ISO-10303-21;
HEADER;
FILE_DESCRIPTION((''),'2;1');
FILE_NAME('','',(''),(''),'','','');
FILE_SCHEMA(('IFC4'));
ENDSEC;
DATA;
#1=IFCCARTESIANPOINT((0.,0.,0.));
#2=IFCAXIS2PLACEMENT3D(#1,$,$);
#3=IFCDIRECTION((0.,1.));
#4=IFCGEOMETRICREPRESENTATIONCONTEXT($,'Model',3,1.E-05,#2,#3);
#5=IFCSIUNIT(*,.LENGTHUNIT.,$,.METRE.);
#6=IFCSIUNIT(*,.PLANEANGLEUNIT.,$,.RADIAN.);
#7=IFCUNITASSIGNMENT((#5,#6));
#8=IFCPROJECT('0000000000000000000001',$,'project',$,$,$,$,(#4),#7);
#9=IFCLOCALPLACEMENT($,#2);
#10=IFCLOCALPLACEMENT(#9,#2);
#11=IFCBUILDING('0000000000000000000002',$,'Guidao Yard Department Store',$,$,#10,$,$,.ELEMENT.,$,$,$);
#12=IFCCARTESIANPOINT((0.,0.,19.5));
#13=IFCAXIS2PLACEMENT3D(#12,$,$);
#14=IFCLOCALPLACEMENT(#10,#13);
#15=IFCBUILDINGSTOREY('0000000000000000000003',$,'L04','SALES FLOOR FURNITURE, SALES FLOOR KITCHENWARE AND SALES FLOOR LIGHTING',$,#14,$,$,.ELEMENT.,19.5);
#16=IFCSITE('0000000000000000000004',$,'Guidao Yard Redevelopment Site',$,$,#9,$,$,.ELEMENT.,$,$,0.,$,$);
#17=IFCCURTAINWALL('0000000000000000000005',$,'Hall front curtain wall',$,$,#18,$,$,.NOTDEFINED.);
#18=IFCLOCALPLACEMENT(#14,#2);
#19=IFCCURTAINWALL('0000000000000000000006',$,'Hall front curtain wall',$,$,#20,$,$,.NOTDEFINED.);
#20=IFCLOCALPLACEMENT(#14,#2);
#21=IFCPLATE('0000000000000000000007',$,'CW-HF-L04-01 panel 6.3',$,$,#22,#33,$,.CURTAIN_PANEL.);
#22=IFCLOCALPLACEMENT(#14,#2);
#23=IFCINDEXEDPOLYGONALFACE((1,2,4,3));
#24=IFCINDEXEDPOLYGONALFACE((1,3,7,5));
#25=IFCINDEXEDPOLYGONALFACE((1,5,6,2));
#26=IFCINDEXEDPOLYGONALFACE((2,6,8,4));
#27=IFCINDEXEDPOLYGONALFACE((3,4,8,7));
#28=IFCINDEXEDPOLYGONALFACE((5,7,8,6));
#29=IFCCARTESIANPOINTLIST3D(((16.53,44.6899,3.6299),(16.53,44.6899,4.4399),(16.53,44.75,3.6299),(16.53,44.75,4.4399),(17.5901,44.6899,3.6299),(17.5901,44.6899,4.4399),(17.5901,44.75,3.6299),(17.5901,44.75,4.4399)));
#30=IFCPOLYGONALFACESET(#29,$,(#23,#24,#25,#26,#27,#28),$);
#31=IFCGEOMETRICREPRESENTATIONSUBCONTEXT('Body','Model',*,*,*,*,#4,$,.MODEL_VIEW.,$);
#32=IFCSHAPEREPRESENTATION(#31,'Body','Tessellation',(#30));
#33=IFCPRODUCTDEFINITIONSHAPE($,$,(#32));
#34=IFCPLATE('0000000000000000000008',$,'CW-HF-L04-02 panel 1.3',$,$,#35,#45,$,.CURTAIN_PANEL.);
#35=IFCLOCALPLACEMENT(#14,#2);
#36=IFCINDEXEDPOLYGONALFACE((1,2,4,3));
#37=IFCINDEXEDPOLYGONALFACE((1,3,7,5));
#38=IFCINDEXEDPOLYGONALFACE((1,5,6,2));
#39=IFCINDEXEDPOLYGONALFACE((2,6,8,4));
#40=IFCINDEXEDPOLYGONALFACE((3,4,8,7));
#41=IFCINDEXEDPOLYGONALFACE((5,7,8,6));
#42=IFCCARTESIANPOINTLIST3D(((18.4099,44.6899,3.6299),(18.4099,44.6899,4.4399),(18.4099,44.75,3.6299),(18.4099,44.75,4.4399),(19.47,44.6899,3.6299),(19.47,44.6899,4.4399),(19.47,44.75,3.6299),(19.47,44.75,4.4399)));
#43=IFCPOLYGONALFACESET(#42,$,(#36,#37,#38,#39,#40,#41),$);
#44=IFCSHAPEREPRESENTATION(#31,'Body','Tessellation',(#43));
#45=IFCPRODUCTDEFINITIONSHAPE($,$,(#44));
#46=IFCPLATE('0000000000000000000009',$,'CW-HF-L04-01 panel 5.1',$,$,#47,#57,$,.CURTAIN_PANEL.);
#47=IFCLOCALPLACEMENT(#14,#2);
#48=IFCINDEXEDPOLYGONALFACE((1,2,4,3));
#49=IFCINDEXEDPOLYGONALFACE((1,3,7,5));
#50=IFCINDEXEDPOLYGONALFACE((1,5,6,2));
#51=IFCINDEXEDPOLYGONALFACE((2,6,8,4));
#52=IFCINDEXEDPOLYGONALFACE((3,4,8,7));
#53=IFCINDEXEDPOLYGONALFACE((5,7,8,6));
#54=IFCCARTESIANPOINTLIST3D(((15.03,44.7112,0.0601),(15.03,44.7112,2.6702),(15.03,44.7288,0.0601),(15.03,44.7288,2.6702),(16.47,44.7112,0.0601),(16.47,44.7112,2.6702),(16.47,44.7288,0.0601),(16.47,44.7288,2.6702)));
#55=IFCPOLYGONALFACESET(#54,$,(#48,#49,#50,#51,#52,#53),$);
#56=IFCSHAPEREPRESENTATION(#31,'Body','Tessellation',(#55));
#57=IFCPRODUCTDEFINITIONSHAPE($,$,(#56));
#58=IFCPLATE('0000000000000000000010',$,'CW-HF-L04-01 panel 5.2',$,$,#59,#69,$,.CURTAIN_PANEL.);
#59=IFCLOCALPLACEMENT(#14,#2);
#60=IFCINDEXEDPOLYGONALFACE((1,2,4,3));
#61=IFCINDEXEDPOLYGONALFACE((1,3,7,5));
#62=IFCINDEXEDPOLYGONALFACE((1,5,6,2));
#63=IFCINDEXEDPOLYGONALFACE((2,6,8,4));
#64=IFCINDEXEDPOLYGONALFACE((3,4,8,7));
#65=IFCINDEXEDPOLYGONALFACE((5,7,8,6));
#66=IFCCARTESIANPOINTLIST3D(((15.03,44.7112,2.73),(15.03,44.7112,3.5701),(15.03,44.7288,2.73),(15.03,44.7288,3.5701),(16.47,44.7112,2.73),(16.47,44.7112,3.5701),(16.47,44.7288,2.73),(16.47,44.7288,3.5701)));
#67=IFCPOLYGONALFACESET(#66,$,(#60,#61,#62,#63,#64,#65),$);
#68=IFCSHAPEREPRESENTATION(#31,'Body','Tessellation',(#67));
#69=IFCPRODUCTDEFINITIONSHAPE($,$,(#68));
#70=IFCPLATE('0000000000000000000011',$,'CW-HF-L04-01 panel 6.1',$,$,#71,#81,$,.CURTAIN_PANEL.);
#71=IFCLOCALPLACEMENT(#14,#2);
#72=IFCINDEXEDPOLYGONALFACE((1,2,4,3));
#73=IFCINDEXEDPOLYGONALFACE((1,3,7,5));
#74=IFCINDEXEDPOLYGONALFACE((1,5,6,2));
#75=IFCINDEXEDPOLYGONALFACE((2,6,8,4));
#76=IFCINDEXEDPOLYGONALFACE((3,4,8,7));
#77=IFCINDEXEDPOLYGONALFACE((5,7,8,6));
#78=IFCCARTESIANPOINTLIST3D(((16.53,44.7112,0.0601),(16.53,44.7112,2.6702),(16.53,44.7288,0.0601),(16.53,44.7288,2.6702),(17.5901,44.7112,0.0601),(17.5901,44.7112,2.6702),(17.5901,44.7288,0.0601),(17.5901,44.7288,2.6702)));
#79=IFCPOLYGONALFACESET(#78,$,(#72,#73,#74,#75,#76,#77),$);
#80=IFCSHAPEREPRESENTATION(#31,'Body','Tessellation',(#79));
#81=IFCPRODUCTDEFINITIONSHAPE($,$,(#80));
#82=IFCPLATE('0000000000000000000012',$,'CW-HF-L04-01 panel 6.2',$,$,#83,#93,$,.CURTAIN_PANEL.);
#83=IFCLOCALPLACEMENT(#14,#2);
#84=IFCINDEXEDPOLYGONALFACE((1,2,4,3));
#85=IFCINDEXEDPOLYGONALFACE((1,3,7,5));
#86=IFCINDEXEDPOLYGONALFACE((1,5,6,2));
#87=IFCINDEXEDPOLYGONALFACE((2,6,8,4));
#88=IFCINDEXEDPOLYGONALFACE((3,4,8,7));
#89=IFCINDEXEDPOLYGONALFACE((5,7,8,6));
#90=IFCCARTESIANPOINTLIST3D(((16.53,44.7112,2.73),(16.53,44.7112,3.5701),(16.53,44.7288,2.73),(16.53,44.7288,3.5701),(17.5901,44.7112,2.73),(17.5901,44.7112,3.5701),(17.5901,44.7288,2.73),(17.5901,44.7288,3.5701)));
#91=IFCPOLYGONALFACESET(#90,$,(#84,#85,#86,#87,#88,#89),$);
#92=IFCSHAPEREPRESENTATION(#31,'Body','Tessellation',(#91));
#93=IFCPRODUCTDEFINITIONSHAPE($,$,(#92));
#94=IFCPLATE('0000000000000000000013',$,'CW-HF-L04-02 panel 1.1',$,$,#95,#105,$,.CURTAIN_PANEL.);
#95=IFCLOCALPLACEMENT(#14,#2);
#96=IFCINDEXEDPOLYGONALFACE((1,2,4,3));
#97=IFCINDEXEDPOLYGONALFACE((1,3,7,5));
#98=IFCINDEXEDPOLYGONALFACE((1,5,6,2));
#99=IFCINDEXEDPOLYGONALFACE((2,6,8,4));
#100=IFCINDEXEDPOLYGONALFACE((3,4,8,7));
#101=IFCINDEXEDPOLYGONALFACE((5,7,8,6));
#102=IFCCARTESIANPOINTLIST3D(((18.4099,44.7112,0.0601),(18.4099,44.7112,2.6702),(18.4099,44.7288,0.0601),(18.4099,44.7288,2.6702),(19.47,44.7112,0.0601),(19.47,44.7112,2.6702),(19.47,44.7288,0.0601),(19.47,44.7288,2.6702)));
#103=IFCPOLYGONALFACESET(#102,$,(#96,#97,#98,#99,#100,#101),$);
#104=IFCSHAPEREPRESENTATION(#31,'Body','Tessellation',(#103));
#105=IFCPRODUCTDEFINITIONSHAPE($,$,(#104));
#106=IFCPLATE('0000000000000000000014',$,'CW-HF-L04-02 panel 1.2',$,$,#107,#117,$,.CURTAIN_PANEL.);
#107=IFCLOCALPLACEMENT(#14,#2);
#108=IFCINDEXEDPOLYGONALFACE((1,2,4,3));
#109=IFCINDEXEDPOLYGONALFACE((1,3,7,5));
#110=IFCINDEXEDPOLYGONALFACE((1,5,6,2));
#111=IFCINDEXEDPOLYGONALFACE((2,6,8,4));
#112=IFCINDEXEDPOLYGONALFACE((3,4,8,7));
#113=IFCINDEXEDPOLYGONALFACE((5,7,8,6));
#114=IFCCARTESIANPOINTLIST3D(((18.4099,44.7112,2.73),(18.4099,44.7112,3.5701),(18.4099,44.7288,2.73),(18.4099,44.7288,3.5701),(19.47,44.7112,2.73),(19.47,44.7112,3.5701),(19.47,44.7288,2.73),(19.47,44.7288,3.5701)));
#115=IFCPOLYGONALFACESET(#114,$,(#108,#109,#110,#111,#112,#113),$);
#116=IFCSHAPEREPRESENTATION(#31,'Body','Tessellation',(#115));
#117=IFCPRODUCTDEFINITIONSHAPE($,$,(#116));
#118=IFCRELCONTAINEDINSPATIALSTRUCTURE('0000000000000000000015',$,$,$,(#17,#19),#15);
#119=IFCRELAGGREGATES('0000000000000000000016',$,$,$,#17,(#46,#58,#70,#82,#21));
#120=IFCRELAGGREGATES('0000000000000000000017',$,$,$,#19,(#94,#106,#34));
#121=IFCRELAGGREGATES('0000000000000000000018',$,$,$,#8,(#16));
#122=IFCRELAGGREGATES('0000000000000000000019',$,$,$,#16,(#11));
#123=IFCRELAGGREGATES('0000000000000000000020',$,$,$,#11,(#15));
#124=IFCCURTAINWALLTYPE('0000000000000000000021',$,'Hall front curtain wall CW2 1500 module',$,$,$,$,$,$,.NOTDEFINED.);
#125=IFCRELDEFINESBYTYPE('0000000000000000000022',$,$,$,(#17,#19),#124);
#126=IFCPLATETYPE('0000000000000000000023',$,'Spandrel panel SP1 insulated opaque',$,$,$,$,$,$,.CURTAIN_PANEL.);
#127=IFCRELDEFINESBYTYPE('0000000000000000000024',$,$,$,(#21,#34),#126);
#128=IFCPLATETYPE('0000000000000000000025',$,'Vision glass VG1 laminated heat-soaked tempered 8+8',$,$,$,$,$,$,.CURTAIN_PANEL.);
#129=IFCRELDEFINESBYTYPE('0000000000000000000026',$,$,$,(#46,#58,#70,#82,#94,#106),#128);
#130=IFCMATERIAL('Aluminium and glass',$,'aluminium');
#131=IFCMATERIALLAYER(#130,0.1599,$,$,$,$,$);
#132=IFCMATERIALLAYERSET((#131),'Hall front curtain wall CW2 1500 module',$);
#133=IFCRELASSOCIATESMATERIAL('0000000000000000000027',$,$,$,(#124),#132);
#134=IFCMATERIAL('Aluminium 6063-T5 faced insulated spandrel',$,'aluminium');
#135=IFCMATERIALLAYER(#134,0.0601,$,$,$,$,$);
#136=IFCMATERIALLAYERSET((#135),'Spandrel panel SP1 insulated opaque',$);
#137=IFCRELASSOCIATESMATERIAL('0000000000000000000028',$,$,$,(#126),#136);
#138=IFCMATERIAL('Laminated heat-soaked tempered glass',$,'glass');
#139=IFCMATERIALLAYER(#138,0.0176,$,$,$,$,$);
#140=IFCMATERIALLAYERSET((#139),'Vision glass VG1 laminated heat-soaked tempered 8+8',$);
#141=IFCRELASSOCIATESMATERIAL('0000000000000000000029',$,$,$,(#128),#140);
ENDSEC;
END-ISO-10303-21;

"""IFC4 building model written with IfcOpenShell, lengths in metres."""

from ifc_helpers import new_model, si_unit, direction, frame, origin, origin_2d, place, context, subcontext, project, spatial, rectangle, extrude, material, layer, layer_set, type_object, element, aggregate, save


model = new_model("IFC4")

# Units and contexts
model_context = context("Model", 3, precision=1e-05, world=origin(), true_north=direction((0.0, 1.0)))
body_context = subcontext(model_context, "Body", "Model", "MODEL_VIEW")
ifc_project = project(units=[si_unit("LENGTHUNIT", "METRE"), si_unit("PLANEANGLEUNIT", "RADIAN")], contexts=[model_context])

# Site, building, storey
site_placement = place(None, origin())
site = spatial("IfcSite", under=ifc_project, at=site_placement, Name="Guidao Yard Redevelopment Site", CompositionType="ELEMENT", RefElevation=0.0)
building_placement = place(site_placement, origin())
building = spatial("IfcBuilding", under=site, at=building_placement, Name="Guidao Yard Department Store", CompositionType="ELEMENT")
storey_placement = place(building_placement, frame((0.0, 0.0, 19.5)))
storey = spatial("IfcBuildingStorey", under=building, at=storey_placement, Name="L04", Description="SALES FLOOR FURNITURE, SALES FLOOR KITCHENWARE AND SALES FLOOR LIGHTING", CompositionType="ELEMENT", Elevation=19.5)

# Curtain wall
ifc_material_1 = material(Name="Aluminium and glass", Category="aluminium")
ifc_layer_1 = layer(ifc_material_1, 0.1599)
ifc_layer_set_1 = layer_set([ifc_layer_1], Name="Hall front curtain wall CW2 1500 module")
curtain_wall_type = type_object("IfcCurtainWallType", Name="Hall front curtain wall CW2 1500 module", PredefinedType="NOTDEFINED", material=ifc_layer_set_1)
curtain_wall_1_placement = place(storey_placement, origin())
curtain_wall_1 = element("IfcCurtainWall", 1, at=curtain_wall_1_placement, inside=storey, type_object=curtain_wall_type, Name="Hall front curtain wall", PredefinedType="NOTDEFINED")

# Curtain wall
curtain_wall_2_placement = place(storey_placement, origin())
curtain_wall_2 = element("IfcCurtainWall", 2, at=curtain_wall_2_placement, inside=storey, type_object=curtain_wall_type, Name="Hall front curtain wall", PredefinedType="NOTDEFINED")

# Plates
ifc_material_2 = material(Name="Aluminium 6063-T5 faced insulated spandrel", Category="aluminium")
ifc_layer_2 = layer(ifc_material_2, 0.0601)
ifc_layer_set_2 = layer_set([ifc_layer_2], Name="Spandrel panel SP1 insulated opaque")
plate_type_1 = type_object("IfcPlateType", Name="Spandrel panel SP1 insulated opaque", PredefinedType="CURTAIN_PANEL", material=ifc_layer_set_2)
plate_1_placement = place(storey_placement, frame((17.0601, 44.72, 3.6299), z_axis=(0.0, 0.0, 1.0), x_axis=(-1.0, 0.0, 0.0)))
plate_1 = element("IfcPlate", 3, at=plate_1_placement, type_object=plate_type_1, Name="CW-HF-L04-01 panel 6.3", PredefinedType="CURTAIN_PANEL", context=body_context, shape_type="SweptSolid", body=[
    extrude(rectangle(XDim=1.0601, YDim=0.0601, at=origin_2d()), origin(), (0.0, 0.0, 1.0), 0.8101),
])
plate_2_placement = place(storey_placement, frame((18.9399, 44.72, 3.6299), z_axis=(0.0, 0.0, 1.0), x_axis=(-1.0, 0.0, 0.0)))
plate_2 = element("IfcPlate", 4, at=plate_2_placement, type_object=plate_type_1, Name="CW-HF-L04-02 panel 1.3", PredefinedType="CURTAIN_PANEL", context=body_context, shape_type="SweptSolid", body=[
    extrude(rectangle(XDim=1.0601, YDim=0.0601, at=origin_2d()), origin(), (0.0, 0.0, 1.0), 0.8101),
])
ifc_material_3 = material(Name="Laminated heat-soaked tempered glass", Category="glass")
ifc_layer_3 = layer(ifc_material_3, 0.0176)
ifc_layer_set_3 = layer_set([ifc_layer_3], Name="Vision glass VG1 laminated heat-soaked tempered 8+8")
plate_type_2 = type_object("IfcPlateType", Name="Vision glass VG1 laminated heat-soaked tempered 8+8", PredefinedType="CURTAIN_PANEL", material=ifc_layer_set_3)
plate_3_placement = place(storey_placement, frame((15.75, 44.72, 0.0601), z_axis=(0.0, 0.0, 1.0), x_axis=(-1.0, 0.0, 0.0)))
plate_3 = element("IfcPlate", 5, at=plate_3_placement, type_object=plate_type_2, Name="CW-HF-L04-01 panel 5.1", PredefinedType="CURTAIN_PANEL", context=body_context, shape_type="SweptSolid", body=[
    extrude(rectangle(XDim=1.4399, YDim=0.0176, at=origin_2d()), origin(), (0.0, 0.0, 1.0), 2.6101),
])
plate_4_placement = place(storey_placement, frame((15.75, 44.72, 2.73), z_axis=(0.0, 0.0, 1.0), x_axis=(-1.0, 0.0, 0.0)))
plate_4 = element("IfcPlate", 6, at=plate_4_placement, type_object=plate_type_2, Name="CW-HF-L04-01 panel 5.2", PredefinedType="CURTAIN_PANEL", context=body_context, shape_type="SweptSolid", body=[
    extrude(rectangle(XDim=1.4399, YDim=0.0176, at=origin_2d()), origin(), (0.0, 0.0, 1.0), 0.8401),
])
plate_5_placement = place(storey_placement, frame((17.0601, 44.72, 0.0601), z_axis=(0.0, 0.0, 1.0), x_axis=(-1.0, 0.0, 0.0)))
plate_5 = element("IfcPlate", 7, at=plate_5_placement, type_object=plate_type_2, Name="CW-HF-L04-01 panel 6.1", PredefinedType="CURTAIN_PANEL", context=body_context, shape_type="SweptSolid", body=[
    extrude(rectangle(XDim=1.0601, YDim=0.0176, at=origin_2d()), origin(), (0.0, 0.0, 1.0), 2.6101),
])
plate_6_placement = place(storey_placement, frame((17.0601, 44.72, 2.73), z_axis=(0.0, 0.0, 1.0), x_axis=(-1.0, 0.0, 0.0)))
plate_6 = element("IfcPlate", 8, at=plate_6_placement, type_object=plate_type_2, Name="CW-HF-L04-01 panel 6.2", PredefinedType="CURTAIN_PANEL", context=body_context, shape_type="SweptSolid", body=[
    extrude(rectangle(XDim=1.0601, YDim=0.0176, at=origin_2d()), origin(), (0.0, 0.0, 1.0), 0.8401),
])
aggregate(curtain_wall_1, [plate_3, plate_4, plate_5, plate_6, plate_1])
plate_7_placement = place(storey_placement, frame((18.9399, 44.72, 0.0601), z_axis=(0.0, 0.0, 1.0), x_axis=(-1.0, 0.0, 0.0)))
plate_7 = element("IfcPlate", 9, at=plate_7_placement, type_object=plate_type_2, Name="CW-HF-L04-02 panel 1.1", PredefinedType="CURTAIN_PANEL", context=body_context, shape_type="SweptSolid", body=[
    extrude(rectangle(XDim=1.0601, YDim=0.0176, at=origin_2d()), origin(), (0.0, 0.0, 1.0), 2.6101),
])
plate_8_placement = place(storey_placement, frame((18.9399, 44.72, 2.73), z_axis=(0.0, 0.0, 1.0), x_axis=(-1.0, 0.0, 0.0)))
plate_8 = element("IfcPlate", 10, at=plate_8_placement, type_object=plate_type_2, Name="CW-HF-L04-02 panel 1.2", PredefinedType="CURTAIN_PANEL", context=body_context, shape_type="SweptSolid", body=[
    extrude(rectangle(XDim=1.0601, YDim=0.0176, at=origin_2d()), origin(), (0.0, 0.0, 1.0), 0.8401),
])
aggregate(curtain_wall_2, [plate_7, plate_8, plate_2])

save(model, "model.ifc")
